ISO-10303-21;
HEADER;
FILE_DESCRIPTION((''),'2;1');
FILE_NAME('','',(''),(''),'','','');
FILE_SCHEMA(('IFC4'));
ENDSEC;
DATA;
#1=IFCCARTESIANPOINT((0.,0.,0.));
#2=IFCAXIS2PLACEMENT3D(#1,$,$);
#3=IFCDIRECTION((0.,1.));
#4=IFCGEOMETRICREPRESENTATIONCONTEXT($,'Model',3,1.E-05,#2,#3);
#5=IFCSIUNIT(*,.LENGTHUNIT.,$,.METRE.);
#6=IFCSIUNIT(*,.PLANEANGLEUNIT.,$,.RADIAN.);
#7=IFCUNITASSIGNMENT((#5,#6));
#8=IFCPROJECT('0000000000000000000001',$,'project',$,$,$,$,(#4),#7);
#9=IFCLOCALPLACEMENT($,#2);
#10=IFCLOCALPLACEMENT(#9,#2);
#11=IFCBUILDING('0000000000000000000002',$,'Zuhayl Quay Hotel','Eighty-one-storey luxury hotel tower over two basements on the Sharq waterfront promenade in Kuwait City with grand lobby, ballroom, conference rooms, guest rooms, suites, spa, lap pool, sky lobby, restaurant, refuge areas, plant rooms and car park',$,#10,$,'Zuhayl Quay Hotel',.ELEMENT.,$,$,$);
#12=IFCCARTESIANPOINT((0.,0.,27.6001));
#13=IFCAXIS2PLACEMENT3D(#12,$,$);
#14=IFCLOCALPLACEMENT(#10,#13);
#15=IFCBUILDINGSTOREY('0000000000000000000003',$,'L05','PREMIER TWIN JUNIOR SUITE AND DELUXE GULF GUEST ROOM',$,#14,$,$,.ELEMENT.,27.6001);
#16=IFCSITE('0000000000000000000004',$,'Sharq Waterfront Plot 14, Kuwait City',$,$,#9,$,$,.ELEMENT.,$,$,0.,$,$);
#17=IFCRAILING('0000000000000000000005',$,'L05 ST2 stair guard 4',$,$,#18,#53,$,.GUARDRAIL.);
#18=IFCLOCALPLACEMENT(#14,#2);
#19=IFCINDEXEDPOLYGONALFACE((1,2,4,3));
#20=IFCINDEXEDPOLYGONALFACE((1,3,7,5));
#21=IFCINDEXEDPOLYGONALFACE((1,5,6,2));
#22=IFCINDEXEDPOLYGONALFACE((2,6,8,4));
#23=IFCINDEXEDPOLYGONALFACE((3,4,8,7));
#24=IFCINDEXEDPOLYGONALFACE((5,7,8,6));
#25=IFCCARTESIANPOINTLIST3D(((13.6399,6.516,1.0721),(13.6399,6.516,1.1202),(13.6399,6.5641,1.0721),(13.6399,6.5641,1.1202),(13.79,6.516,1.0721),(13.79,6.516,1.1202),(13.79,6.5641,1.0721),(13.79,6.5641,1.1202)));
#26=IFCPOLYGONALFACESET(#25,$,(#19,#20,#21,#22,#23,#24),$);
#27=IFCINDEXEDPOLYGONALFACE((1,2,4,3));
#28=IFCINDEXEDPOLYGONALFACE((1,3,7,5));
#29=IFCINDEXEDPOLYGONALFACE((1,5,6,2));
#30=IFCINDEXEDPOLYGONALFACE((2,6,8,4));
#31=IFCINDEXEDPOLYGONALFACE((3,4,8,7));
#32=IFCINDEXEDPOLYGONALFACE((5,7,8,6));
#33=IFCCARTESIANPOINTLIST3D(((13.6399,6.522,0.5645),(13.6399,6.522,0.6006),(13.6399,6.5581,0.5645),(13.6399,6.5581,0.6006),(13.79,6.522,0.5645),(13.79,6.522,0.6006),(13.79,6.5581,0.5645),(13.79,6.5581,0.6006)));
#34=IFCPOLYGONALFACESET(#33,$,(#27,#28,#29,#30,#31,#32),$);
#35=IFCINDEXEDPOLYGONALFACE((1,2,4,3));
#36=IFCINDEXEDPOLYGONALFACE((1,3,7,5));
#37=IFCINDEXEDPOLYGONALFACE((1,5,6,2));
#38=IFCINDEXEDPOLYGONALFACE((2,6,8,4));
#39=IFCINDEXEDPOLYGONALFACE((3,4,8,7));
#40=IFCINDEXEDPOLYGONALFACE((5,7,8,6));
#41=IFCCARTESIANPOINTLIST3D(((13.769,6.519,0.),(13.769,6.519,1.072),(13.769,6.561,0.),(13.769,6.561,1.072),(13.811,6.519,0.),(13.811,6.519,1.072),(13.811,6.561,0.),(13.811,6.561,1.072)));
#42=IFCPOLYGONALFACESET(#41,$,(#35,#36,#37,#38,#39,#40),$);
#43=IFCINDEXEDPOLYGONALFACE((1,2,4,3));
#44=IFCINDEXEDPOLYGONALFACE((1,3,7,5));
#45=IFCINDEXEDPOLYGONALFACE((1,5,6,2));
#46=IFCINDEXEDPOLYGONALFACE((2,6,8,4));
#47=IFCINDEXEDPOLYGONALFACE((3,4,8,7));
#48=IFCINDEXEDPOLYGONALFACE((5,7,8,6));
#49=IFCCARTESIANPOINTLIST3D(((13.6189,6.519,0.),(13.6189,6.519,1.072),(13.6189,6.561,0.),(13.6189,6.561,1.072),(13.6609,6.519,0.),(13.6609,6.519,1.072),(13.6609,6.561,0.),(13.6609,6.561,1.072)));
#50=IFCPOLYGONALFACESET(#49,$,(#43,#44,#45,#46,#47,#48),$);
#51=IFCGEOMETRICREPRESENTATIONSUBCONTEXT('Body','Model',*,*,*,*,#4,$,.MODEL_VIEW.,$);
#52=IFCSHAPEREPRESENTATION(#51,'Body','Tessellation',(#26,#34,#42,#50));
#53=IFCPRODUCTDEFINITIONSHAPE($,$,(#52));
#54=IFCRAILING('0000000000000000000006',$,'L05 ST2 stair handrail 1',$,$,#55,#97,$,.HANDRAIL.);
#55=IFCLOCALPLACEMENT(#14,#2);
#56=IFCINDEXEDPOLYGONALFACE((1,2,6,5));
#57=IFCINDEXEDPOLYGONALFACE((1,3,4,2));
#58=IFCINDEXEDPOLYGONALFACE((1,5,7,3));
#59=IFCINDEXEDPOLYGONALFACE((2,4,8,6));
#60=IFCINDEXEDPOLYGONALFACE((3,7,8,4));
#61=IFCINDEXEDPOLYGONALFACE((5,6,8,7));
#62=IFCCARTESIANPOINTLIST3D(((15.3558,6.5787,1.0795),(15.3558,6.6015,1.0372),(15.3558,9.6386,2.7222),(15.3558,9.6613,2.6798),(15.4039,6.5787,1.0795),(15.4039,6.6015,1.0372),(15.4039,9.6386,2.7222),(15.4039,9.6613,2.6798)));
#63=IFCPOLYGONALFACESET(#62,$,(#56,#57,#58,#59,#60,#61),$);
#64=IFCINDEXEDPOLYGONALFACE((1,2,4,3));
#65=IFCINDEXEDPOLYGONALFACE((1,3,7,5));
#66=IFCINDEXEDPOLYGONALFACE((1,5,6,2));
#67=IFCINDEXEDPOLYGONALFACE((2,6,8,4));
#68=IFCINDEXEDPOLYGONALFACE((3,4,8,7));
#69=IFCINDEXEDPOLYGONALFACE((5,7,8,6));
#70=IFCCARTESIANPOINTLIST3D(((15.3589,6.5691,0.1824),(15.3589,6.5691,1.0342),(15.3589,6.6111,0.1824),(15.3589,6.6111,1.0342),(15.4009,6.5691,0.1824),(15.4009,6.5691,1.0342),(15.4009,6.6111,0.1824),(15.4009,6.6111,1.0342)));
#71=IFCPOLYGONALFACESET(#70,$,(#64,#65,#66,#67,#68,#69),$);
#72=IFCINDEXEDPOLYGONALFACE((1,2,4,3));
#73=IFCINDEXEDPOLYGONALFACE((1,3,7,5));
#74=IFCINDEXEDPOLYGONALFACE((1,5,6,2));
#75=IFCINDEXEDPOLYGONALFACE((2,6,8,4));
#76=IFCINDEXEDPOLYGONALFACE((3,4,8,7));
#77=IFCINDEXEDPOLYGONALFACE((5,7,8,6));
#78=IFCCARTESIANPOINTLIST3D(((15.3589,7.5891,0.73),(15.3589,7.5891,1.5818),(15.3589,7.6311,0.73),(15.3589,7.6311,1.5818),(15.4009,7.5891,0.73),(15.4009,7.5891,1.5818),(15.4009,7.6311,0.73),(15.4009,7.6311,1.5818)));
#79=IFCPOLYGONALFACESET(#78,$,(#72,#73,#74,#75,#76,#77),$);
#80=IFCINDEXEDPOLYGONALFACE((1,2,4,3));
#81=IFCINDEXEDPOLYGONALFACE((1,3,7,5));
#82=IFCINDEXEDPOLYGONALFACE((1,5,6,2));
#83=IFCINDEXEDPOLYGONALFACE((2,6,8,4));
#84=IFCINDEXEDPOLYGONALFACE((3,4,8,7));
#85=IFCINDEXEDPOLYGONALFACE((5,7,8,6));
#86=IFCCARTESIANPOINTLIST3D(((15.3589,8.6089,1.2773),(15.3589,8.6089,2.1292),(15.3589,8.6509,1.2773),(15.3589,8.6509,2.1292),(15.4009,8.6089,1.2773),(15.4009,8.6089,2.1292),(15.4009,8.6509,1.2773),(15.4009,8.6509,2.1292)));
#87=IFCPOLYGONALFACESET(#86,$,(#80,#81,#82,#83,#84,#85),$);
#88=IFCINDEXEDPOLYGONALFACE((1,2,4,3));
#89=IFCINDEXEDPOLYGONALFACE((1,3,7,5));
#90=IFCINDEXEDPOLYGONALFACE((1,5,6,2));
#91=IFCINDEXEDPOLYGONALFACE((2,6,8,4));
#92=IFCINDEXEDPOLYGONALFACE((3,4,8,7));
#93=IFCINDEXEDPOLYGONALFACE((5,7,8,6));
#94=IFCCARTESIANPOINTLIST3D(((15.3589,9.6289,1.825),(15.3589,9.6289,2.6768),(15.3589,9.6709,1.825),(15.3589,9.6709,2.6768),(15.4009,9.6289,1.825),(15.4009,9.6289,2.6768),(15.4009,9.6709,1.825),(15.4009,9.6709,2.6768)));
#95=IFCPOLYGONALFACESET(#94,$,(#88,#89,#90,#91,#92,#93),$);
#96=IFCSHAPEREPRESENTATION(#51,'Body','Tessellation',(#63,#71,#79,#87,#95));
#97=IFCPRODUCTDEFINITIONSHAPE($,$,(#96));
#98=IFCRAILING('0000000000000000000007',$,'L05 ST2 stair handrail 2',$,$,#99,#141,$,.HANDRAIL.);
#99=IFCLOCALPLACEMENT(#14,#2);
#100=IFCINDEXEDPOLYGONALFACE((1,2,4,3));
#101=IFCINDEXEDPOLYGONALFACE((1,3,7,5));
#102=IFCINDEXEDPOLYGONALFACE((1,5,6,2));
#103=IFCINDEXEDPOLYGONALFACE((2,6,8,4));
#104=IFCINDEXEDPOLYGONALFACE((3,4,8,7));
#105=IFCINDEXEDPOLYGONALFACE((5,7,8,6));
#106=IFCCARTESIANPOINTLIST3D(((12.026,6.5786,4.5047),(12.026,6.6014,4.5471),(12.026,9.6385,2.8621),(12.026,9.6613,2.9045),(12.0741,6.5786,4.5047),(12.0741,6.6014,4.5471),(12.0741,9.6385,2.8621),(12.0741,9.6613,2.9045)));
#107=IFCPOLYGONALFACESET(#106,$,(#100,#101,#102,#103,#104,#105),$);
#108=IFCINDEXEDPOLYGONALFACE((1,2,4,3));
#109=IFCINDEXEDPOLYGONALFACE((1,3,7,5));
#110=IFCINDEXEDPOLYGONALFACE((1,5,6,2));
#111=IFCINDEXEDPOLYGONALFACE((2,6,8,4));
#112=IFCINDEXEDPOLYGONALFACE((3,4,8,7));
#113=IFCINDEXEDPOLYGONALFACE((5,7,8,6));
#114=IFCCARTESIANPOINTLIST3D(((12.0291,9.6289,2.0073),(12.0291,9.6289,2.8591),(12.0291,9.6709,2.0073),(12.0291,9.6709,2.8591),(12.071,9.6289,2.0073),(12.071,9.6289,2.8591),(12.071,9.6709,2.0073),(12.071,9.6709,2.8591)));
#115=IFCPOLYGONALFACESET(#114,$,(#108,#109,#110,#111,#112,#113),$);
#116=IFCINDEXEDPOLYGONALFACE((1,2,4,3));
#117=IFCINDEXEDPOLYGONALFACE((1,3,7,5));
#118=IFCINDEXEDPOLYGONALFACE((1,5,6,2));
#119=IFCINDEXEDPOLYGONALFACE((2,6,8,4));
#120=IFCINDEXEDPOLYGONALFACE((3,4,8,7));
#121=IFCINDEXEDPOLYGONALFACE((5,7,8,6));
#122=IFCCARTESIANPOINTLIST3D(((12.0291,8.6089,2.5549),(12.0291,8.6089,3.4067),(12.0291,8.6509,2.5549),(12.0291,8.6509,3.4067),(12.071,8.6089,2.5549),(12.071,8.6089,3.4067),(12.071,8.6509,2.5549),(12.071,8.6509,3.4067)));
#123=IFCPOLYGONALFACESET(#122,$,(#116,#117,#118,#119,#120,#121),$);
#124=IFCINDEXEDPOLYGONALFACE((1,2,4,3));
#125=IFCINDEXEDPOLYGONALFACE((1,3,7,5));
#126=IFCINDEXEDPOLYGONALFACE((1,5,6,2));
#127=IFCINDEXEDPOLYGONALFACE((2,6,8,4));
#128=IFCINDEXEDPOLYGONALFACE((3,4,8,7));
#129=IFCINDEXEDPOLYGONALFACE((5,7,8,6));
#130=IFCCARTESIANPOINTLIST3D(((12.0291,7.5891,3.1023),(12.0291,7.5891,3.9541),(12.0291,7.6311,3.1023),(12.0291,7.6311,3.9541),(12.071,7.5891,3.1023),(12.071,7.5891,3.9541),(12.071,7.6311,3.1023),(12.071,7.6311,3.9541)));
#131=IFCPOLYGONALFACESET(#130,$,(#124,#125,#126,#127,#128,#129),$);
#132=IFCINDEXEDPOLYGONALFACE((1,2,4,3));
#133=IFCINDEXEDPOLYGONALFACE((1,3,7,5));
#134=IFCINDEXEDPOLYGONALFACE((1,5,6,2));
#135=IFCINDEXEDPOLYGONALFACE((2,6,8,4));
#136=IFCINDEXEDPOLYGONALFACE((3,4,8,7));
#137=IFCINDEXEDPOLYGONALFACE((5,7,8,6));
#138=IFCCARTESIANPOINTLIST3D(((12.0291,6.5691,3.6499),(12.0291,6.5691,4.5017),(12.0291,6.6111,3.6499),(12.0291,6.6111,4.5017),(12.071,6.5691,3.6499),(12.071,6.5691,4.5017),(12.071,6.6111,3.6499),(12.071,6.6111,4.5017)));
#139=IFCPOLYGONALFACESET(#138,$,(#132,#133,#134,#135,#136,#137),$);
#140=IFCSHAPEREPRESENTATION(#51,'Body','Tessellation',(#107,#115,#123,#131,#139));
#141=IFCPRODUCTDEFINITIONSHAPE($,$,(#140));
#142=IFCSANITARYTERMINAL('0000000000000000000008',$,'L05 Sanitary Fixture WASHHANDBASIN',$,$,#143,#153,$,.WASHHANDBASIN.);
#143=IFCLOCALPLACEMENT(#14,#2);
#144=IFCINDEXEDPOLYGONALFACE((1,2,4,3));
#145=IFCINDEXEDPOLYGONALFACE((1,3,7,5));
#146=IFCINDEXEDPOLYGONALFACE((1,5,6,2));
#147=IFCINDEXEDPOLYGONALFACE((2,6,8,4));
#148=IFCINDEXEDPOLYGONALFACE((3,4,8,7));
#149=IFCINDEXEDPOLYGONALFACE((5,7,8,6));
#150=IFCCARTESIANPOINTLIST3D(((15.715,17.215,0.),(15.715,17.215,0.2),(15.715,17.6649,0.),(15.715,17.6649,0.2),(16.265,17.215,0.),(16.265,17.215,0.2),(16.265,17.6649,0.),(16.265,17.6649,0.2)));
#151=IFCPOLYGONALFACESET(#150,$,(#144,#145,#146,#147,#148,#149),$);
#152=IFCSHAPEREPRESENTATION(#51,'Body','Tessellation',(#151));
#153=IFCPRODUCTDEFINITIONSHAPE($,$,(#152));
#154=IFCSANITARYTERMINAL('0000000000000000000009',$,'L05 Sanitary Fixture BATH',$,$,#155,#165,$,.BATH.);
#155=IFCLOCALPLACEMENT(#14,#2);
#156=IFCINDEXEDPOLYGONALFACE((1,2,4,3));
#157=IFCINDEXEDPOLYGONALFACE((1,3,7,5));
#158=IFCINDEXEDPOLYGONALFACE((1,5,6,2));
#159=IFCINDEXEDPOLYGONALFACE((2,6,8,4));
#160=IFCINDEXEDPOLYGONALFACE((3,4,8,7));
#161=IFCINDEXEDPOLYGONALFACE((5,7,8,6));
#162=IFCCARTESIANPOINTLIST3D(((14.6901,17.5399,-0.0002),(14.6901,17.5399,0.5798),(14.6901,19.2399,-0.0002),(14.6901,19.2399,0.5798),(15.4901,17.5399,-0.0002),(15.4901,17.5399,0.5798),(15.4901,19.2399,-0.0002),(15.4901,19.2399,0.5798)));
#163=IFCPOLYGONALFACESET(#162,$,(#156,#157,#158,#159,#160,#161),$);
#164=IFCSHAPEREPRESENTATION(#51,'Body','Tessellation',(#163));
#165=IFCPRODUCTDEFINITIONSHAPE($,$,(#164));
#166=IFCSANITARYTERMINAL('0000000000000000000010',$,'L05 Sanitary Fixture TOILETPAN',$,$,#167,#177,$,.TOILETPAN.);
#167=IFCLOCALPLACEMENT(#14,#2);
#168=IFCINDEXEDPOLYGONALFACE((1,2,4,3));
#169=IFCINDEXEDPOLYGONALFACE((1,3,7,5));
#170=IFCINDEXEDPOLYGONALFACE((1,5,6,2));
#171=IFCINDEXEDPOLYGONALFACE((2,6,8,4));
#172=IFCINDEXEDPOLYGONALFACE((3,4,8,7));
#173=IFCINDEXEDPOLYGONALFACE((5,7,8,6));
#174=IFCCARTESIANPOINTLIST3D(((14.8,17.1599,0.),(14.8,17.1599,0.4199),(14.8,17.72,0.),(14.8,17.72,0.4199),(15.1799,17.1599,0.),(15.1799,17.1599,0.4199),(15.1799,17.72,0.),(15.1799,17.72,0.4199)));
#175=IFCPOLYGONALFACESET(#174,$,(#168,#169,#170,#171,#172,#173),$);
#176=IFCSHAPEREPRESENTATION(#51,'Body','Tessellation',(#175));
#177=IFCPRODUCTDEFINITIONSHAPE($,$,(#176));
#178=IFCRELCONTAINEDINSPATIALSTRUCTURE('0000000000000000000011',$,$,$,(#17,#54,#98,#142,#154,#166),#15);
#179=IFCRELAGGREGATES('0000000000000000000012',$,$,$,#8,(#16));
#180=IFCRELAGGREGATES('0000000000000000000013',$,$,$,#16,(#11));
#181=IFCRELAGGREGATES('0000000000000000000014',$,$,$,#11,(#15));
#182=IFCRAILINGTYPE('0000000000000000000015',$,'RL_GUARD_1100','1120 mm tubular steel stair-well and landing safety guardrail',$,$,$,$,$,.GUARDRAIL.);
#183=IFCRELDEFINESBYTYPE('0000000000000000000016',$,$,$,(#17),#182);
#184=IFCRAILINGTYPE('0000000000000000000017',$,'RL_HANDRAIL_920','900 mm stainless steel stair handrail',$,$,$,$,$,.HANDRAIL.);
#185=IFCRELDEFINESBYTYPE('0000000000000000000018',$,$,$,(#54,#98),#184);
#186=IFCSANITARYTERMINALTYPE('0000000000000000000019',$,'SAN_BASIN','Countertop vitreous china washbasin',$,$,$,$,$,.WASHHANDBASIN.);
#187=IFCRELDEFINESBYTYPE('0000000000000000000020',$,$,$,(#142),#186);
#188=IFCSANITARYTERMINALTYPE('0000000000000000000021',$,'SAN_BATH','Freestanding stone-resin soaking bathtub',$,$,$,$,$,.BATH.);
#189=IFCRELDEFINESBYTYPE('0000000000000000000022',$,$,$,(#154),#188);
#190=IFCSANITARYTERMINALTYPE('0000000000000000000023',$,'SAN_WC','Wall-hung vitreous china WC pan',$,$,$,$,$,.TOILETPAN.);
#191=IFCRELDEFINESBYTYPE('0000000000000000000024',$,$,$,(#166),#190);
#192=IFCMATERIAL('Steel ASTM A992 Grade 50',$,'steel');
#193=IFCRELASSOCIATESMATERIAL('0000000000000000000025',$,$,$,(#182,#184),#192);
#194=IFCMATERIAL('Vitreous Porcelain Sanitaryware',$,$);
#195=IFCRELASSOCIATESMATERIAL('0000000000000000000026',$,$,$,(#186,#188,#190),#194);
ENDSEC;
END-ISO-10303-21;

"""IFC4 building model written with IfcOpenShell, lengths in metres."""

from ifc_helpers import new_model, si_unit, direction, frame, origin, origin_2d, place, context, subcontext, project, spatial, rectangle, extrude, material, type_object, element, save


model = new_model("IFC4")

# Units and contexts
model_context = context("Model", 3, precision=1e-05, world=origin(), true_north=direction((0.0, 1.0)))
body_context = subcontext(model_context, "Body", "Model", "MODEL_VIEW")
ifc_project = project(units=[si_unit("LENGTHUNIT", "METRE"), si_unit("PLANEANGLEUNIT", "RADIAN")], contexts=[model_context])

# Site, building, storey
site_placement = place(None, origin())
site = spatial("IfcSite", under=ifc_project, at=site_placement, Name="Sharq Waterfront Plot 14, Kuwait City", CompositionType="ELEMENT", RefElevation=0.0)
building_placement = place(site_placement, origin())
building = spatial("IfcBuilding", under=site, at=building_placement, Name="Zuhayl Quay Hotel", Description="Eighty-one-storey luxury hotel tower over two basements on the Sharq waterfront promenade in Kuwait City with grand lobby, ballroom, conference rooms, guest rooms, suites, spa, lap pool, sky lobby, restaurant, refuge areas, plant rooms and car park", LongName="Zuhayl Quay Hotel", CompositionType="ELEMENT")
storey_placement = place(building_placement, frame((0.0, 0.0, 27.6001)))
storey = spatial("IfcBuildingStorey", under=building, at=storey_placement, Name="L05", Description="PREMIER TWIN JUNIOR SUITE AND DELUXE GULF GUEST ROOM", CompositionType="ELEMENT", Elevation=27.6001)

# Shared definitions
ifc_material_1 = material(Name="Steel ASTM A992 Grade 50", Category="steel")

# Railings
railing_type_1 = type_object("IfcRailingType", Name="RL_GUARD_1100", Description="1120 mm tubular steel stair-well and landing safety guardrail", PredefinedType="GUARDRAIL", material=ifc_material_1)
railing_1_placement = place(storey_placement, frame((13.79, 6.54, 0.0)))
element("IfcRailing", 1, at=railing_1_placement, inside=storey, type_object=railing_type_1, Name="L05 ST2 stair guard 4", PredefinedType="GUARDRAIL", context=body_context, shape_type="SweptSolid", body=[
    extrude(rectangle(XDim=0.0481, YDim=0.0481, at=origin_2d()), frame((0.0, 0.0, 1.0962), z_axis=(-1.0, 0.0, 0.0), x_axis=(0.0, -1.0, 0.0)), (0.0, 0.0, 1.0), 0.1501),
    extrude(rectangle(XDim=0.0361, YDim=0.0361, at=origin_2d()), frame((0.0, 0.0, 0.5825), z_axis=(-1.0, 0.0, 0.0), x_axis=(0.0, -1.0, 0.0)), (0.0, 0.0, 1.0), 0.1501),
    extrude(rectangle(XDim=0.042, YDim=0.042, at=origin_2d()), origin(), (0.0, 0.0, 1.0), 1.072),
    extrude(rectangle(XDim=0.042, YDim=0.042, at=origin_2d()), frame((-0.1501, 0.0, 0.0)), (0.0, 0.0, 1.0), 1.072),
])
railing_type_2 = type_object("IfcRailingType", Name="RL_HANDRAIL_920", Description="900 mm stainless steel stair handrail", PredefinedType="HANDRAIL", material=ifc_material_1)
railing_2_placement = place(storey_placement, frame((15.3799, 6.5901, 0.1824)))
element("IfcRailing", 2, at=railing_2_placement, inside=storey, type_object=railing_type_2, Name="L05 ST2 stair handrail 1", PredefinedType="HANDRAIL", context=body_context, shape_type="SweptSolid", body=[
    extrude(rectangle(XDim=0.0481, YDim=0.0481, at=origin_2d()), frame((0.0, 0.0, 0.876), z_axis=(0.0, 0.881073, 0.47298), x_axis=(-1.0, 0.0, 0.0)), (0.0, 0.0, 1.0), 3.4729),
    extrude(rectangle(XDim=0.042, YDim=0.042, at=origin_2d()), origin(), (0.0, 0.0, 1.0), 0.8518),
    extrude(rectangle(XDim=0.042, YDim=0.042, at=origin_2d()), frame((0.0, 1.02, 0.5476)), (0.0, 0.0, 1.0), 0.8518),
    extrude(rectangle(XDim=0.042, YDim=0.042, at=origin_2d()), frame((0.0, 2.0398, 1.095)), (0.0, 0.0, 1.0), 0.8518),
    extrude(rectangle(XDim=0.042, YDim=0.042, at=origin_2d()), frame((0.0, 3.0598, 1.6426)), (0.0, 0.0, 1.0), 0.8518),
])
railing_3_placement = place(storey_placement, frame((12.05, 9.6499, 2.0073)))
element("IfcRailing", 3, at=railing_3_placement, inside=storey, type_object=railing_type_2, Name="L05 ST2 stair handrail 2", PredefinedType="HANDRAIL", context=body_context, shape_type="SweptSolid", body=[
    extrude(rectangle(XDim=0.0481, YDim=0.0481, at=origin_2d()), frame((0.0, 0.0, 0.876), z_axis=(0.0, -0.881073, 0.47298), x_axis=(1.0, 0.0, 0.0)), (0.0, 0.0, 1.0), 3.4729),
    extrude(rectangle(XDim=0.042, YDim=0.042, at=origin_2d()), origin(), (0.0, 0.0, 1.0), 0.8518),
    extrude(rectangle(XDim=0.042, YDim=0.042, at=origin_2d()), frame((0.0, -1.02, 0.5476)), (0.0, 0.0, 1.0), 0.8518),
    extrude(rectangle(XDim=0.042, YDim=0.042, at=origin_2d()), frame((0.0, -2.0398, 1.095)), (0.0, 0.0, 1.0), 0.8518),
    extrude(rectangle(XDim=0.042, YDim=0.042, at=origin_2d()), frame((0.0, -3.0598, 1.6426)), (0.0, 0.0, 1.0), 0.8518),
])

# Sanitary terminals
ifc_material_2 = material(Name="Vitreous Porcelain Sanitaryware")
sanitary_terminal_type_1 = type_object("IfcSanitaryTerminalType", Name="SAN_BASIN", Description="Countertop vitreous china washbasin", PredefinedType="WASHHANDBASIN", material=ifc_material_2)
sanitary_terminal_1_placement = place(storey_placement, frame((15.99, 17.4399, 0.0), z_axis=(0.0, 0.0, 1.0), x_axis=(1.0, 0.0, 0.0)))
element("IfcSanitaryTerminal", 4, at=sanitary_terminal_1_placement, inside=storey, type_object=sanitary_terminal_type_1, Name="L05 Sanitary Fixture WASHHANDBASIN", PredefinedType="WASHHANDBASIN", context=body_context, shape_type="SweptSolid", body=[
    extrude(rectangle(XDim=0.55, YDim=0.45, at=origin_2d()), origin(), (0.0, 0.0, 1.0), 0.2),
])
sanitary_terminal_type_2 = type_object("IfcSanitaryTerminalType", Name="SAN_BATH", Description="Freestanding stone-resin soaking bathtub", PredefinedType="BATH", material=ifc_material_2)
sanitary_terminal_2_placement = place(storey_placement, frame((15.0901, 18.3899, -0.0002), z_axis=(0.0, 0.0, 1.0), x_axis=(1.0, 0.0, 0.0)))
element("IfcSanitaryTerminal", 5, at=sanitary_terminal_2_placement, inside=storey, type_object=sanitary_terminal_type_2, Name="L05 Sanitary Fixture BATH", PredefinedType="BATH", context=body_context, shape_type="SweptSolid", body=[
    extrude(rectangle(XDim=0.8, YDim=1.7, at=origin_2d()), origin(), (0.0, 0.0, 1.0), 0.5801),
])
sanitary_terminal_type_3 = type_object("IfcSanitaryTerminalType", Name="SAN_WC", Description="Wall-hung vitreous china WC pan", PredefinedType="TOILETPAN", material=ifc_material_2)
sanitary_terminal_3_placement = place(storey_placement, frame((14.99, 17.4399, 0.0), z_axis=(0.0, 0.0, 1.0), x_axis=(1.0, 0.0, 0.0)))
element("IfcSanitaryTerminal", 6, at=sanitary_terminal_3_placement, inside=storey, type_object=sanitary_terminal_type_3, Name="L05 Sanitary Fixture TOILETPAN", PredefinedType="TOILETPAN", context=body_context, shape_type="SweptSolid", body=[
    extrude(rectangle(XDim=0.3799, YDim=0.5601, at=origin_2d()), origin(), (0.0, 0.0, 1.0), 0.4199),
])

save(model, "model.ifc")
